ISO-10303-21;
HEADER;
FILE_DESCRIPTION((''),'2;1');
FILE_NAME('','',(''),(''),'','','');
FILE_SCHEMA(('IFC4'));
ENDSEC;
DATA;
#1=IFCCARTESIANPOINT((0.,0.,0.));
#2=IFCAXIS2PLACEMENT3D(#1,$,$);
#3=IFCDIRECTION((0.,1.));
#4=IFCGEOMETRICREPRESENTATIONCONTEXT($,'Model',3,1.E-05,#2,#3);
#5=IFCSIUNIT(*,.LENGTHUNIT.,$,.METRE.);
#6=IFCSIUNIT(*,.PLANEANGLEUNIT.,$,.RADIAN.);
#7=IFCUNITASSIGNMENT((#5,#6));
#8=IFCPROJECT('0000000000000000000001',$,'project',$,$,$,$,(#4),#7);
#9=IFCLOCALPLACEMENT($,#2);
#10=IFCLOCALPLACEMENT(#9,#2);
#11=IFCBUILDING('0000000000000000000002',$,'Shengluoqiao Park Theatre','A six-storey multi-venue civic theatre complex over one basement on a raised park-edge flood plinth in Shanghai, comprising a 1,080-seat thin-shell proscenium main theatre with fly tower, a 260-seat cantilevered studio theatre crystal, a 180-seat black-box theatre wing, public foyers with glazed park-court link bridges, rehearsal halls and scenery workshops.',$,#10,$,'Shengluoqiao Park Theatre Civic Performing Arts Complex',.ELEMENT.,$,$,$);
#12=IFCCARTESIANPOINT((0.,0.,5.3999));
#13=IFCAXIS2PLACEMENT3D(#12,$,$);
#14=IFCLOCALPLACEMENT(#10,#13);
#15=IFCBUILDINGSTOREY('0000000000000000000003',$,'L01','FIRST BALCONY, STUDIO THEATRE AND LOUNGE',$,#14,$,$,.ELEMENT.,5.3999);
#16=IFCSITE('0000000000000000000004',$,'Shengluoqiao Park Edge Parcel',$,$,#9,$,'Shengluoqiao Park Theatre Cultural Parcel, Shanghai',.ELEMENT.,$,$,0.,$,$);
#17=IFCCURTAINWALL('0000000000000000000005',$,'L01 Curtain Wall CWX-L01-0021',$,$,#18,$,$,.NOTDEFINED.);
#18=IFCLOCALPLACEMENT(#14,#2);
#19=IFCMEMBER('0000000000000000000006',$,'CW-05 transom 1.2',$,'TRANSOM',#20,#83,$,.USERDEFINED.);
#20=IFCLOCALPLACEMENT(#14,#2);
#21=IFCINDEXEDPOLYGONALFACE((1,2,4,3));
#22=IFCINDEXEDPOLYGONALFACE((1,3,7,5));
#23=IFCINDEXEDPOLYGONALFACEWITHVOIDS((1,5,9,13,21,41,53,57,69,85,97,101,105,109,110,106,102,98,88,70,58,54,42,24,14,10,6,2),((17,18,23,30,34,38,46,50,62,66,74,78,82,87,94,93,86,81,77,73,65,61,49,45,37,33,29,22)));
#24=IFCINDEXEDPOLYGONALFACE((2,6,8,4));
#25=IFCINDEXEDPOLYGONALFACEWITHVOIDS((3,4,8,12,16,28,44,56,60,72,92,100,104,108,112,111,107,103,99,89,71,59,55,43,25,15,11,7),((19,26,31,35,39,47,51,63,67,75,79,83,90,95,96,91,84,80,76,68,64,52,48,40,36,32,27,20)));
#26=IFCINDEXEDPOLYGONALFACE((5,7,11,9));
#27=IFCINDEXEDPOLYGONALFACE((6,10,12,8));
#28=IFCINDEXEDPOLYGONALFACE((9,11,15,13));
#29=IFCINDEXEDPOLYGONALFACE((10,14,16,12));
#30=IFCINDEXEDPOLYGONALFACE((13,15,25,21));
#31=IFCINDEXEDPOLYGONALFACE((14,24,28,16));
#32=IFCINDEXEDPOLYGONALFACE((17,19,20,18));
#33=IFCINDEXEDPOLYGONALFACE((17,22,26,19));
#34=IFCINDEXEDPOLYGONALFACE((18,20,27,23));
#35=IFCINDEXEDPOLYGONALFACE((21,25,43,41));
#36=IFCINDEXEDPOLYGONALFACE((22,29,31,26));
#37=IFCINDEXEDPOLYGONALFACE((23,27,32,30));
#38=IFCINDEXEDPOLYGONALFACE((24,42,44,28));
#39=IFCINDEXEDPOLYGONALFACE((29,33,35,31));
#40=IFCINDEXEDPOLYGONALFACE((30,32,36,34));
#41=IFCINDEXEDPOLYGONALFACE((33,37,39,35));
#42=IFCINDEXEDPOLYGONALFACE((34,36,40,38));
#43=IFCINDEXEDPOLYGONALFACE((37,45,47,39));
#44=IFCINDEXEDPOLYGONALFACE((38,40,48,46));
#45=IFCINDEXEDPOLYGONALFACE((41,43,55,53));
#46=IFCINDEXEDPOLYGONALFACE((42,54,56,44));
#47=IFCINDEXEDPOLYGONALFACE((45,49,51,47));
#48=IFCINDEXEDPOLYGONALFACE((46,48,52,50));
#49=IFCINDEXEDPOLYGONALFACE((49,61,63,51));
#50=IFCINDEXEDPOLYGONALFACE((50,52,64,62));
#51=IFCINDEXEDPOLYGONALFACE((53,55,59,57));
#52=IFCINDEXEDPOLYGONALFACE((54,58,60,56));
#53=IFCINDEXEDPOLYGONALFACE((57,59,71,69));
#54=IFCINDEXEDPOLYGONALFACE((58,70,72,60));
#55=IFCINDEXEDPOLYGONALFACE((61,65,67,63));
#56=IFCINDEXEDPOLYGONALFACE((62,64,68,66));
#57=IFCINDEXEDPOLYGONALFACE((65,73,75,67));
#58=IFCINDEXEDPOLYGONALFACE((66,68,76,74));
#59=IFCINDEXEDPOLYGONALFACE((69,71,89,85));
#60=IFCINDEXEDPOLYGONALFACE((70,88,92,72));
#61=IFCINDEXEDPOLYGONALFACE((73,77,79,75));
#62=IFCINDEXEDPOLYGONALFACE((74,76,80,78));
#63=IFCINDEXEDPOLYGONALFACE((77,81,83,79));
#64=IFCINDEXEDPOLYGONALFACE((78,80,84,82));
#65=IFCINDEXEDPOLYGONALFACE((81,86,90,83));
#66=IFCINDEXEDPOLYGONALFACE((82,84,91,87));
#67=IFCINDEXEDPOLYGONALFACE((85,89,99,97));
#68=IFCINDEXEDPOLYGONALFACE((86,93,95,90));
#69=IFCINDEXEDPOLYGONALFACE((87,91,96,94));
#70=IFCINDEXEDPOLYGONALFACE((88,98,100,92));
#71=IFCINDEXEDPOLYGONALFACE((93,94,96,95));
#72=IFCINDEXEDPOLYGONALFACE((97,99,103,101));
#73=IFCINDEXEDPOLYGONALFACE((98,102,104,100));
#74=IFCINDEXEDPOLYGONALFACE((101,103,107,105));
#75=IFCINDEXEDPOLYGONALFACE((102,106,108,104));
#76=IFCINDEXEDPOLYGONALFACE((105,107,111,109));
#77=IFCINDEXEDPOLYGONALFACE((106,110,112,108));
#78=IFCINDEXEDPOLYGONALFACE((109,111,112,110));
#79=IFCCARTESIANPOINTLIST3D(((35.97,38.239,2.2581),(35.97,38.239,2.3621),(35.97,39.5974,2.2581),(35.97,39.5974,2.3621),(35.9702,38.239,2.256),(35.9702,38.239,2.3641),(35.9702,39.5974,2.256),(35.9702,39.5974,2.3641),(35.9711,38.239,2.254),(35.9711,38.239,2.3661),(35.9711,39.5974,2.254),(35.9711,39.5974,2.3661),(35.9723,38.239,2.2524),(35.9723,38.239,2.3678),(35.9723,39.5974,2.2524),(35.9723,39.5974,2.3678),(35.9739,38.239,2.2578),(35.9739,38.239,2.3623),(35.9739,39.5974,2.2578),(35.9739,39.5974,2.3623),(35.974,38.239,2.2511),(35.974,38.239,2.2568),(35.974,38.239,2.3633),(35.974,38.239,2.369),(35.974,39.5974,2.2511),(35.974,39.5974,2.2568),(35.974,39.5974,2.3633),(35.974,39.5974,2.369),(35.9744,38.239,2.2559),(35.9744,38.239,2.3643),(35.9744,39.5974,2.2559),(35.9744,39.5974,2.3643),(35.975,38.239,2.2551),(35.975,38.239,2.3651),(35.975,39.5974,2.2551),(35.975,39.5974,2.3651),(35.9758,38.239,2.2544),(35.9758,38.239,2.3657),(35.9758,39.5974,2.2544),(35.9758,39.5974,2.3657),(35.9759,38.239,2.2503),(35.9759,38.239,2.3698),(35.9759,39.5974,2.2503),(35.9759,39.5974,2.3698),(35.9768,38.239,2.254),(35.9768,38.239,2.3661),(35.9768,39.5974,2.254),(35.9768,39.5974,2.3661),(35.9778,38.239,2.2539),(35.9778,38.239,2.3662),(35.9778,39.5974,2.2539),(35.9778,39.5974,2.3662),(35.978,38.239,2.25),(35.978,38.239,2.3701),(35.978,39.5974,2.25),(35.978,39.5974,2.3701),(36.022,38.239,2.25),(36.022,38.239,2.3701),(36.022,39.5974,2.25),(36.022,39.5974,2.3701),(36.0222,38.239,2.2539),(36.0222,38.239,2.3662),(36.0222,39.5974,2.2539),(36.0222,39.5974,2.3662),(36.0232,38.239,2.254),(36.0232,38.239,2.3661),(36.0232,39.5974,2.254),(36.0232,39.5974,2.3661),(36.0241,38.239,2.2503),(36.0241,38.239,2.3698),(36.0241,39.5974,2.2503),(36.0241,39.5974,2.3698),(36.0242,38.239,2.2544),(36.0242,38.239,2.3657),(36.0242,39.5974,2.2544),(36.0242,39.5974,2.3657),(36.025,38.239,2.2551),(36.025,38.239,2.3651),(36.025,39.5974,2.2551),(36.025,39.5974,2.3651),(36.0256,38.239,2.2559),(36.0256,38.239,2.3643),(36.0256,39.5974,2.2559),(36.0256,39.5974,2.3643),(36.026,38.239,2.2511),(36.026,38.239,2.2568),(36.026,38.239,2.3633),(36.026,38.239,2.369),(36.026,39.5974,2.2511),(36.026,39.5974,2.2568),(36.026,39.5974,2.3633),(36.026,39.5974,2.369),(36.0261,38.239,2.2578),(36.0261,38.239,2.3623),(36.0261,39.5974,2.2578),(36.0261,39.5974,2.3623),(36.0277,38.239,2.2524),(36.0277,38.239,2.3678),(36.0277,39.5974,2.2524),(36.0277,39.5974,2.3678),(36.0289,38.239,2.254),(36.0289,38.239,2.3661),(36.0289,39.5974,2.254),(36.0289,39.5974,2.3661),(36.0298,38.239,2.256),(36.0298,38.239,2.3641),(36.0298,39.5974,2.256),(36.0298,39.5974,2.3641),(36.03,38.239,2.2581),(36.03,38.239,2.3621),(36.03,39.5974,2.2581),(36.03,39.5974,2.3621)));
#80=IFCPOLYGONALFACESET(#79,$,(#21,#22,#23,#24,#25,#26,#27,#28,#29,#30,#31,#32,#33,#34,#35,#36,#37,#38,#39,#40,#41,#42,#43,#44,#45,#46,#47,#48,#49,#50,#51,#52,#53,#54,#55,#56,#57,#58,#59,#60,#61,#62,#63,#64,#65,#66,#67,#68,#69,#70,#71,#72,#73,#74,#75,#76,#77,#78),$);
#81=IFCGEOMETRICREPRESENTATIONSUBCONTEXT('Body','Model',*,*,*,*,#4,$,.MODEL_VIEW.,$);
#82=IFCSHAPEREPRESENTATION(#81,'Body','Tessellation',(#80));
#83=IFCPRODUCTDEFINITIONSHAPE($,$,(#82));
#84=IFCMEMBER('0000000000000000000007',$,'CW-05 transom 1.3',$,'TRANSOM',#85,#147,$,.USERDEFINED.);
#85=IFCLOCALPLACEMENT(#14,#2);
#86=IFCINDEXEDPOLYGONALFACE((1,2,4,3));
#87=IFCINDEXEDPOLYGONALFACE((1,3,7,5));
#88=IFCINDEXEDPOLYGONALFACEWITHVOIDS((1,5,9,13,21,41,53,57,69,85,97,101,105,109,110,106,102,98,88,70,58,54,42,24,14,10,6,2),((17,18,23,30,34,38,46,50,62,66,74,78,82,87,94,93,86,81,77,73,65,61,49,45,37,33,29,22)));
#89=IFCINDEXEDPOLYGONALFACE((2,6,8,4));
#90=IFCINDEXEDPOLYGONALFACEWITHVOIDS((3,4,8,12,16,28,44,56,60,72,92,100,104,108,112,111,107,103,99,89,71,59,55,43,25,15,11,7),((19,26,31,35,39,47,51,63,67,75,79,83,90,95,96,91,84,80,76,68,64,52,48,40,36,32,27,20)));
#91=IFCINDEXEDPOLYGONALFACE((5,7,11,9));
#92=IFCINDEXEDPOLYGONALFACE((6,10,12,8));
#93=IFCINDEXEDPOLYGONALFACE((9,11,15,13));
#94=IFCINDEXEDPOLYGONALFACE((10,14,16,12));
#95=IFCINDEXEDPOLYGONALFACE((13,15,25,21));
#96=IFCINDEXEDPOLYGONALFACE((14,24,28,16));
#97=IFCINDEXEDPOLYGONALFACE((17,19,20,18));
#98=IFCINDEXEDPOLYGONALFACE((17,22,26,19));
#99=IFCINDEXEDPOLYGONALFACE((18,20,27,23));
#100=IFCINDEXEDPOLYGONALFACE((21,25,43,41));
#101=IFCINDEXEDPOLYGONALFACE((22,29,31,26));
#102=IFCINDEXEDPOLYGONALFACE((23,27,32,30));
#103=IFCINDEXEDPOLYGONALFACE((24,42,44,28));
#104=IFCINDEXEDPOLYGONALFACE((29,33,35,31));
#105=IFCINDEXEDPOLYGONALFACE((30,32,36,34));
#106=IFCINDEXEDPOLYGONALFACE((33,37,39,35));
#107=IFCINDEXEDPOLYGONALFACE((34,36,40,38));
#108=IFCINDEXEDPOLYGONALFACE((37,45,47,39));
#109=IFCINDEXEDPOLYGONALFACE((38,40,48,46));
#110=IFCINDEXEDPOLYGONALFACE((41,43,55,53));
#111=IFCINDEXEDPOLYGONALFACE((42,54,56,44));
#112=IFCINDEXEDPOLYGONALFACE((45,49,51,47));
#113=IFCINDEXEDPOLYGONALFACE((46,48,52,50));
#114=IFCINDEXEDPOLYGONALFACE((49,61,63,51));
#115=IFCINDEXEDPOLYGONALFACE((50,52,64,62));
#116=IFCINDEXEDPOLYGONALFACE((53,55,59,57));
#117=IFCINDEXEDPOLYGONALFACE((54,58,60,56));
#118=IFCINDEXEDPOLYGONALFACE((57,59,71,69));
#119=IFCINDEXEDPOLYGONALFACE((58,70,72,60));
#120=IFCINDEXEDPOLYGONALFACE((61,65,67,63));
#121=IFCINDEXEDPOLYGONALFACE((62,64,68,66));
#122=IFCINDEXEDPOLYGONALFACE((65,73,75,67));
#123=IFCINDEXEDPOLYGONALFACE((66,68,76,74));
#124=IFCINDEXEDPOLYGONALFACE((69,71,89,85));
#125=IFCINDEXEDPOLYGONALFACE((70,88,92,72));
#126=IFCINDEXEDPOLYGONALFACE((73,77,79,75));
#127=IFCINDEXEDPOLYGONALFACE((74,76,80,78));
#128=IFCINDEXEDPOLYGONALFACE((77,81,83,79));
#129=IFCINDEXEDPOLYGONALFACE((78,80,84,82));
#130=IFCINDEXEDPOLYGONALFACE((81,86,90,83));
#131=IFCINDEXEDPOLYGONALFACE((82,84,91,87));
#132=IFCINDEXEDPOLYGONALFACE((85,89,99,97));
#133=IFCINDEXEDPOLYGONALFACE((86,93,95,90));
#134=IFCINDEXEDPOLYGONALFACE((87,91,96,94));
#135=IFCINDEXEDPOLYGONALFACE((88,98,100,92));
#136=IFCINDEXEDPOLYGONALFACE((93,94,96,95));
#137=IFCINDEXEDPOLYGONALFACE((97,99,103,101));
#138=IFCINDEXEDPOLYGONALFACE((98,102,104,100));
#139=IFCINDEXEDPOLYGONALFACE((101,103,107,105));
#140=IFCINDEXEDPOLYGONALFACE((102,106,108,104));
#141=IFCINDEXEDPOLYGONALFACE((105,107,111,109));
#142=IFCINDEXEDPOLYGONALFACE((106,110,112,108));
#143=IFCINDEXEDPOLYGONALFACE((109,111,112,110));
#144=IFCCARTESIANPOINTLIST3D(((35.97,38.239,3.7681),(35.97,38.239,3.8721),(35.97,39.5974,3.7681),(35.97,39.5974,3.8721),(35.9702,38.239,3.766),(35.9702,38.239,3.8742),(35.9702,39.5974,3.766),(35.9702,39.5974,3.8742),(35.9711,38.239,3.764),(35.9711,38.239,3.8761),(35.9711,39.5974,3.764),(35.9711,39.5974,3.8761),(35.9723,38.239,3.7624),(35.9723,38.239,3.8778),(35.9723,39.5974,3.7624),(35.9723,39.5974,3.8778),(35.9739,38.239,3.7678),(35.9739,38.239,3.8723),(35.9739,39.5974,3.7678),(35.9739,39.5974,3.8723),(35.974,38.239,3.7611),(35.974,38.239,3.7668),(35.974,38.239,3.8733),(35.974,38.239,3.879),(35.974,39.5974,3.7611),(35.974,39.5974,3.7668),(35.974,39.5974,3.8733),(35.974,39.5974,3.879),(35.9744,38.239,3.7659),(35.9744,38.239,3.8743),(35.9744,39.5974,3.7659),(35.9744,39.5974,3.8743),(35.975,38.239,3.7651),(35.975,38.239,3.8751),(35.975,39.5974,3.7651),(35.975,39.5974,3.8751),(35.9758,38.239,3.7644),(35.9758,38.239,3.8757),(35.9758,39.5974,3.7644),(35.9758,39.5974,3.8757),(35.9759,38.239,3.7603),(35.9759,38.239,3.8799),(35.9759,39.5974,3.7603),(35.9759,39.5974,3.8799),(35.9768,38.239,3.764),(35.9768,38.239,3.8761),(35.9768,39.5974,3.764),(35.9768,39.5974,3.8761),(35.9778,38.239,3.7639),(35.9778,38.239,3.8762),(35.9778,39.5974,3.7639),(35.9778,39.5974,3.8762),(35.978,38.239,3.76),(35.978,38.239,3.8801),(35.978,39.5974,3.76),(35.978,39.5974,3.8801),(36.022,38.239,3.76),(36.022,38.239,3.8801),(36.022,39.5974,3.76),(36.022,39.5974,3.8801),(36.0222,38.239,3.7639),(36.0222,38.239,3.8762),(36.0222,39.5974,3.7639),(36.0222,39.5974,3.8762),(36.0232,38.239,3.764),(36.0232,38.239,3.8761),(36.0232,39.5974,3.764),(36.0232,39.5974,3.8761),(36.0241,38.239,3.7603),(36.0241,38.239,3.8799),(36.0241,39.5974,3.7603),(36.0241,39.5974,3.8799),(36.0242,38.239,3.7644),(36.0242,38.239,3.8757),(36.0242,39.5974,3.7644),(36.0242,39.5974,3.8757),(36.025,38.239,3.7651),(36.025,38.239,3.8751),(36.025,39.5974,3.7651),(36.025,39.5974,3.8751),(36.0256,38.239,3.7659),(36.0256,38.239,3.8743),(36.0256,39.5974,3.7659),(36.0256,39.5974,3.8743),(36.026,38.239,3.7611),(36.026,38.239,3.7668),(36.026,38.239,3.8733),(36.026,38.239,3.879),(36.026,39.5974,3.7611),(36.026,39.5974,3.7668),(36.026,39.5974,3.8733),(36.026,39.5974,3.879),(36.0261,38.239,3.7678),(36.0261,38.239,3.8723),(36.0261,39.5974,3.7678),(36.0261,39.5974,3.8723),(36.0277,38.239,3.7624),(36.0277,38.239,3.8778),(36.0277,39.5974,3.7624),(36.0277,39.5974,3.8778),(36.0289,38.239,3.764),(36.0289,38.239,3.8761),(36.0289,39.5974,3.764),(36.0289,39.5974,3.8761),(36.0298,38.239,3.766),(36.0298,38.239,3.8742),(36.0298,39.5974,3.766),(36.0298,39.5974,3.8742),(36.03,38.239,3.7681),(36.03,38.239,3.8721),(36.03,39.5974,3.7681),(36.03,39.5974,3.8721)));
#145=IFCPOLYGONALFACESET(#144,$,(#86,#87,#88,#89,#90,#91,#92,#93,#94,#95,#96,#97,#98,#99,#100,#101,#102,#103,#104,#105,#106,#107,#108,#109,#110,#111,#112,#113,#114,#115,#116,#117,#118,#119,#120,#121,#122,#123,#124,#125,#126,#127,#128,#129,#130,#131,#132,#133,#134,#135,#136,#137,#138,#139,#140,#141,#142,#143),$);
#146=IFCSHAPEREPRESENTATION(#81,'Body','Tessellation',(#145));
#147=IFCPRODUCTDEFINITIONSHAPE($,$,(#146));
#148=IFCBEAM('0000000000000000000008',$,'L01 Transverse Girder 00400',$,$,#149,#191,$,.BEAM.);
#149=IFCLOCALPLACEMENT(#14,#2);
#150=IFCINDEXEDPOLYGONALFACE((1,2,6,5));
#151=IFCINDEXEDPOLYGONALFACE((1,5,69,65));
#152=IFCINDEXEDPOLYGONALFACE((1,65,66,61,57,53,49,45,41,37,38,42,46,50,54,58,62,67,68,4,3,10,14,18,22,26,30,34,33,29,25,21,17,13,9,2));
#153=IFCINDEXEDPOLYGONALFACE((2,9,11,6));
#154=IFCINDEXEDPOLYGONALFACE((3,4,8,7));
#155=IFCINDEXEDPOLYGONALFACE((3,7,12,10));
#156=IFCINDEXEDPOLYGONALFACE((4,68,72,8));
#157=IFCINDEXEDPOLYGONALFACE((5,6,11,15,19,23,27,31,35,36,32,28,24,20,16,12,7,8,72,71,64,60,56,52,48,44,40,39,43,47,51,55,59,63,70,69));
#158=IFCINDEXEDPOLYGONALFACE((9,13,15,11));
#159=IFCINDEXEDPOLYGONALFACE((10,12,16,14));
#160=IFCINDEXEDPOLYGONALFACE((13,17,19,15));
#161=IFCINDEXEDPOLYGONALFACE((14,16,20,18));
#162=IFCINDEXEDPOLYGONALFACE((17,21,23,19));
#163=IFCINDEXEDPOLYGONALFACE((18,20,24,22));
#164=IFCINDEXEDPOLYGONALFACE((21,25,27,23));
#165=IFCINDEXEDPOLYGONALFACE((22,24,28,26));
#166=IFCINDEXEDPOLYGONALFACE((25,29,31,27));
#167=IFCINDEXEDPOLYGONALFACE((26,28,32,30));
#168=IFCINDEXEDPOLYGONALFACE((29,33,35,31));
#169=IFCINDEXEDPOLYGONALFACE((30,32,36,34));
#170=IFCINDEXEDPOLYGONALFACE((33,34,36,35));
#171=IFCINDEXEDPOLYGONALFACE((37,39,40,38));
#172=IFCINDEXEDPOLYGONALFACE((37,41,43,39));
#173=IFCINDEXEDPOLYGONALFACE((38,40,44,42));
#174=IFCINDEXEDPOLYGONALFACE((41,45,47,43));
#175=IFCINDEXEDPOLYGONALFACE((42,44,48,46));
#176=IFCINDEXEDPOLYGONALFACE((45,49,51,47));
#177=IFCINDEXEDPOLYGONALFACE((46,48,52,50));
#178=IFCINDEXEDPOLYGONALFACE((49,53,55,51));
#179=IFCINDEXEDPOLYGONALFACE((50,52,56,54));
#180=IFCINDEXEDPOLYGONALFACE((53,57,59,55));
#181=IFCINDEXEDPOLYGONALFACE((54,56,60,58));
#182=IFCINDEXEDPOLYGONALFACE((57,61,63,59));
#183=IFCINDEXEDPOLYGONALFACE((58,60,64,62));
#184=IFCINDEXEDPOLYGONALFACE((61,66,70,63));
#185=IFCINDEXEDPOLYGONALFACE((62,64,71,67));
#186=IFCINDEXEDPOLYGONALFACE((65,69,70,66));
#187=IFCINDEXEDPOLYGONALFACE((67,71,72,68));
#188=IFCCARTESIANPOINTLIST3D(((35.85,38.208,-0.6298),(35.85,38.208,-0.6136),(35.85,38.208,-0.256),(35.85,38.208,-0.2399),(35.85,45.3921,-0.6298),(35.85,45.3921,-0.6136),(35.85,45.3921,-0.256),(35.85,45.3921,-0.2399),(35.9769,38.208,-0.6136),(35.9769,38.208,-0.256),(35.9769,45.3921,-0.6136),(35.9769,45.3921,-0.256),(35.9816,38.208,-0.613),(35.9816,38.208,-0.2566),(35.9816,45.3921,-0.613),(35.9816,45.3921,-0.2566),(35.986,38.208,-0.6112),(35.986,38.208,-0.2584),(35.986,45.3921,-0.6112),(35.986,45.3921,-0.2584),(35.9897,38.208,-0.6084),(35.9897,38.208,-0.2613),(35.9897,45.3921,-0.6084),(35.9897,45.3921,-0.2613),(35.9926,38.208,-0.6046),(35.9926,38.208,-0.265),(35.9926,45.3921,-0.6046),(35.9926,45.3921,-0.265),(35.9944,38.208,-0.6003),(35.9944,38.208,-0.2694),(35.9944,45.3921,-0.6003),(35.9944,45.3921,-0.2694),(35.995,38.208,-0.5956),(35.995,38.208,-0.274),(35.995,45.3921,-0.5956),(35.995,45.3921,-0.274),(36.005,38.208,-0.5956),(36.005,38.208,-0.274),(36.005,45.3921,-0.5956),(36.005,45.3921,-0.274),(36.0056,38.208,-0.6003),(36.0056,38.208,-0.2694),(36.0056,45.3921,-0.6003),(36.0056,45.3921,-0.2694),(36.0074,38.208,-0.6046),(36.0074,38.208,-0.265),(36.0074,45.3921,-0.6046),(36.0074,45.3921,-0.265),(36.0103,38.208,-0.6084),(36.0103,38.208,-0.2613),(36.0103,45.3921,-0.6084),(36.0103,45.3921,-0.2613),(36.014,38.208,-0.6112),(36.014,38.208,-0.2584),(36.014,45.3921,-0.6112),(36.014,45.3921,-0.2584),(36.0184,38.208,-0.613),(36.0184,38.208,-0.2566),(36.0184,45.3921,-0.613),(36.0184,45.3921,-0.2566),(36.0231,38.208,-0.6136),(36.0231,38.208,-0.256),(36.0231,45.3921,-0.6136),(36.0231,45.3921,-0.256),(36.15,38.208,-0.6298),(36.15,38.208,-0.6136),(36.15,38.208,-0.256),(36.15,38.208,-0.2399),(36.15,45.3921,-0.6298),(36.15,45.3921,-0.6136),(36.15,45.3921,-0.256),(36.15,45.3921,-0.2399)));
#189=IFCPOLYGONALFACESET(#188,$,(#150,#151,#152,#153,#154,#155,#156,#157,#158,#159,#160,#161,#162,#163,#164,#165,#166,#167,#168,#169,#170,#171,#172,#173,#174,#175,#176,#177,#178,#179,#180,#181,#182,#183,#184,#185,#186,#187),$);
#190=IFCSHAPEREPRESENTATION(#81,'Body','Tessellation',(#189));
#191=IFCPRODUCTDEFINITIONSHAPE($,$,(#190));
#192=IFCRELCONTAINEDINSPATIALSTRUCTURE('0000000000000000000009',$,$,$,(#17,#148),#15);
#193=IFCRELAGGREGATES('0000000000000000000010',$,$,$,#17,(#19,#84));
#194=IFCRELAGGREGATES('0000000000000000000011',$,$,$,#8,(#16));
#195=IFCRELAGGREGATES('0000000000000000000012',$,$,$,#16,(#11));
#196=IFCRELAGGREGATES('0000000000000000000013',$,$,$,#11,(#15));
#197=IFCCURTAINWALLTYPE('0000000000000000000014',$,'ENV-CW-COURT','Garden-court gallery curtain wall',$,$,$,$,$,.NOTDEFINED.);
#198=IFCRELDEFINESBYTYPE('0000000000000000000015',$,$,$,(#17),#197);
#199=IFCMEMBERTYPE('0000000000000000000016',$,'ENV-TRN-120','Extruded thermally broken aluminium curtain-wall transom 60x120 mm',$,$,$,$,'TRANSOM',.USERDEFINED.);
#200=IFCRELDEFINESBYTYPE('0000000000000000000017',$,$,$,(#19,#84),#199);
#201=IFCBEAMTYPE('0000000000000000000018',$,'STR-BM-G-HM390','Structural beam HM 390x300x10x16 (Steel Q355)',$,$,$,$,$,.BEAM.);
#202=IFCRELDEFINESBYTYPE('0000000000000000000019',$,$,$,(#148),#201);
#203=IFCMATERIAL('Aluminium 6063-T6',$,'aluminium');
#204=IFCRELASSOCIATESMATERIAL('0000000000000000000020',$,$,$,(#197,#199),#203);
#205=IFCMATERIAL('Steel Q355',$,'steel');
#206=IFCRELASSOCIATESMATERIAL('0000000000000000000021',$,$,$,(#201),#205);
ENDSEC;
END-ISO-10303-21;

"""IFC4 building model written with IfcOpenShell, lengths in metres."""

from ifc_helpers import new_model, si_unit, direction, frame, origin, origin_2d, place, context, subcontext, project, spatial, hollow_rectangle, i_section, extrude, material, material_profile, profile_set, type_object, element, aggregate, save


model = new_model("IFC4")

# Units and contexts
model_context = context("Model", 3, precision=1e-05, world=origin(), true_north=direction((0.0, 1.0)))
body_context = subcontext(model_context, "Body", "Model", "MODEL_VIEW")
ifc_project = project(units=[si_unit("LENGTHUNIT", "METRE"), si_unit("PLANEANGLEUNIT", "RADIAN")], contexts=[model_context])

# Site, building, storey
site_placement = place(None, origin())
site = spatial("IfcSite", under=ifc_project, at=site_placement, Name="Shengluoqiao Park Edge Parcel", LongName="Shengluoqiao Park Theatre Cultural Parcel, Shanghai", CompositionType="ELEMENT", RefElevation=0.0)
building_placement = place(site_placement, origin())
building = spatial("IfcBuilding", under=site, at=building_placement, Name="Shengluoqiao Park Theatre", Description="A six-storey multi-venue civic theatre complex over one basement on a raised park-edge flood plinth in Shanghai, comprising a 1,080-seat thin-shell proscenium main theatre with fly tower, a 260-seat cantilevered studio theatre crystal, a 180-seat black-box theatre wing, public foyers with glazed park-court link bridges, rehearsal halls and scenery workshops.", LongName="Shengluoqiao Park Theatre Civic Performing Arts Complex", CompositionType="ELEMENT")
storey_placement = place(building_placement, frame((0.0, 0.0, 5.3999)))
storey = spatial("IfcBuildingStorey", under=building, at=storey_placement, Name="L01", Description="FIRST BALCONY, STUDIO THEATRE AND LOUNGE", CompositionType="ELEMENT", Elevation=5.3999)

# Shared definitions
ifc_material_1 = material(Name="Steel Q355", Category="steel")

# Shared definitions
ifc_material_2 = material(Name="Aluminium 6063-T6", Category="aluminium")
curtain_wall_type = type_object("IfcCurtainWallType", Name="ENV-CW-COURT", Description="Garden-court gallery curtain wall", PredefinedType="NOTDEFINED", material=ifc_material_2)

# Curtain wall
curtain_wall_1_placement = place(storey_placement, origin())
curtain_wall_1 = element("IfcCurtainWall", 1, at=curtain_wall_1_placement, inside=storey, type_object=curtain_wall_type, Name="L01 Curtain Wall CWX-L01-0021", PredefinedType="NOTDEFINED")

# Members
ifc_material_profile_1 = material_profile(ifc_material_2, hollow_rectangle(XDim=0.0601, YDim=0.1201, WallThickness=0.0039, InnerFilletRadius=0.0039, OuterFilletRadius=0.0081, at=origin_2d()), Name="ALU TRANSOM 120x60x4")
ifc_profile_set_1 = profile_set([ifc_material_profile_1], Name="Aluminium 6063-T6")
member_type_1 = type_object("IfcMemberType", Name="ENV-TRN-120", Description="Extruded thermally broken aluminium curtain-wall transom 60x120 mm", ElementType="TRANSOM", PredefinedType="USERDEFINED", material=ifc_profile_set_1)
member_1_placement = place(storey_placement, frame((36.0, 38.239, 2.3101), z_axis=(0.0, 1.0, 0.0), x_axis=(-1.0, 0.0, 0.0)))
member_1 = element("IfcMember", 2, at=member_1_placement, type_object=member_type_1, Name="CW-05 transom 1.2", ObjectType="TRANSOM", PredefinedType="USERDEFINED", context=body_context, shape_type="SweptSolid", body=[
    extrude(hollow_rectangle(XDim=0.0601, YDim=0.1201, WallThickness=0.0039, InnerFilletRadius=0.0039, OuterFilletRadius=0.0081, at=origin_2d()), origin(), (0.0, 0.0, 1.0), 1.3584),
])
member_2_placement = place(storey_placement, frame((36.0, 38.239, 3.8201), z_axis=(0.0, 1.0, 0.0), x_axis=(-1.0, 0.0, 0.0)))
member_2 = element("IfcMember", 3, at=member_2_placement, type_object=member_type_1, Name="CW-05 transom 1.3", ObjectType="TRANSOM", PredefinedType="USERDEFINED", context=body_context, shape_type="SweptSolid", body=[
    extrude(hollow_rectangle(XDim=0.0601, YDim=0.1201, WallThickness=0.0039, InnerFilletRadius=0.0039, OuterFilletRadius=0.0081, at=origin_2d()), origin(), (0.0, 0.0, 1.0), 1.3584),
])

# Beam
ifc_material_profile_2 = material_profile(ifc_material_1, i_section(OverallWidth=0.3, OverallDepth=0.3899, WebThickness=0.01, FlangeThickness=0.0161, FilletRadius=0.0181, at=origin_2d()), Name="HM 390x300x10x16")
ifc_profile_set_2 = profile_set([ifc_material_profile_2], Name="Steel Q355")
beam_type = type_object("IfcBeamType", Name="STR-BM-G-HM390", Description="Structural beam HM 390x300x10x16 (Steel Q355)", PredefinedType="BEAM", material=ifc_profile_set_2)
beam_placement = place(storey_placement, frame((36.0, 38.208, -0.4348), z_axis=(0.0, 1.0, 0.0), x_axis=(-1.0, 0.0, 0.0)))
element("IfcBeam", 4, at=beam_placement, inside=storey, type_object=beam_type, Name="L01 Transverse Girder 00400", PredefinedType="BEAM", context=body_context, shape_type="SweptSolid", body=[
    extrude(i_section(OverallWidth=0.3, OverallDepth=0.3899, WebThickness=0.01, FlangeThickness=0.0161, FilletRadius=0.0181, at=origin_2d()), origin(), (0.0, 0.0, 1.0), 7.1841),
])

aggregate(curtain_wall_1, [member_1, member_2])

save(model, "model.ifc")
